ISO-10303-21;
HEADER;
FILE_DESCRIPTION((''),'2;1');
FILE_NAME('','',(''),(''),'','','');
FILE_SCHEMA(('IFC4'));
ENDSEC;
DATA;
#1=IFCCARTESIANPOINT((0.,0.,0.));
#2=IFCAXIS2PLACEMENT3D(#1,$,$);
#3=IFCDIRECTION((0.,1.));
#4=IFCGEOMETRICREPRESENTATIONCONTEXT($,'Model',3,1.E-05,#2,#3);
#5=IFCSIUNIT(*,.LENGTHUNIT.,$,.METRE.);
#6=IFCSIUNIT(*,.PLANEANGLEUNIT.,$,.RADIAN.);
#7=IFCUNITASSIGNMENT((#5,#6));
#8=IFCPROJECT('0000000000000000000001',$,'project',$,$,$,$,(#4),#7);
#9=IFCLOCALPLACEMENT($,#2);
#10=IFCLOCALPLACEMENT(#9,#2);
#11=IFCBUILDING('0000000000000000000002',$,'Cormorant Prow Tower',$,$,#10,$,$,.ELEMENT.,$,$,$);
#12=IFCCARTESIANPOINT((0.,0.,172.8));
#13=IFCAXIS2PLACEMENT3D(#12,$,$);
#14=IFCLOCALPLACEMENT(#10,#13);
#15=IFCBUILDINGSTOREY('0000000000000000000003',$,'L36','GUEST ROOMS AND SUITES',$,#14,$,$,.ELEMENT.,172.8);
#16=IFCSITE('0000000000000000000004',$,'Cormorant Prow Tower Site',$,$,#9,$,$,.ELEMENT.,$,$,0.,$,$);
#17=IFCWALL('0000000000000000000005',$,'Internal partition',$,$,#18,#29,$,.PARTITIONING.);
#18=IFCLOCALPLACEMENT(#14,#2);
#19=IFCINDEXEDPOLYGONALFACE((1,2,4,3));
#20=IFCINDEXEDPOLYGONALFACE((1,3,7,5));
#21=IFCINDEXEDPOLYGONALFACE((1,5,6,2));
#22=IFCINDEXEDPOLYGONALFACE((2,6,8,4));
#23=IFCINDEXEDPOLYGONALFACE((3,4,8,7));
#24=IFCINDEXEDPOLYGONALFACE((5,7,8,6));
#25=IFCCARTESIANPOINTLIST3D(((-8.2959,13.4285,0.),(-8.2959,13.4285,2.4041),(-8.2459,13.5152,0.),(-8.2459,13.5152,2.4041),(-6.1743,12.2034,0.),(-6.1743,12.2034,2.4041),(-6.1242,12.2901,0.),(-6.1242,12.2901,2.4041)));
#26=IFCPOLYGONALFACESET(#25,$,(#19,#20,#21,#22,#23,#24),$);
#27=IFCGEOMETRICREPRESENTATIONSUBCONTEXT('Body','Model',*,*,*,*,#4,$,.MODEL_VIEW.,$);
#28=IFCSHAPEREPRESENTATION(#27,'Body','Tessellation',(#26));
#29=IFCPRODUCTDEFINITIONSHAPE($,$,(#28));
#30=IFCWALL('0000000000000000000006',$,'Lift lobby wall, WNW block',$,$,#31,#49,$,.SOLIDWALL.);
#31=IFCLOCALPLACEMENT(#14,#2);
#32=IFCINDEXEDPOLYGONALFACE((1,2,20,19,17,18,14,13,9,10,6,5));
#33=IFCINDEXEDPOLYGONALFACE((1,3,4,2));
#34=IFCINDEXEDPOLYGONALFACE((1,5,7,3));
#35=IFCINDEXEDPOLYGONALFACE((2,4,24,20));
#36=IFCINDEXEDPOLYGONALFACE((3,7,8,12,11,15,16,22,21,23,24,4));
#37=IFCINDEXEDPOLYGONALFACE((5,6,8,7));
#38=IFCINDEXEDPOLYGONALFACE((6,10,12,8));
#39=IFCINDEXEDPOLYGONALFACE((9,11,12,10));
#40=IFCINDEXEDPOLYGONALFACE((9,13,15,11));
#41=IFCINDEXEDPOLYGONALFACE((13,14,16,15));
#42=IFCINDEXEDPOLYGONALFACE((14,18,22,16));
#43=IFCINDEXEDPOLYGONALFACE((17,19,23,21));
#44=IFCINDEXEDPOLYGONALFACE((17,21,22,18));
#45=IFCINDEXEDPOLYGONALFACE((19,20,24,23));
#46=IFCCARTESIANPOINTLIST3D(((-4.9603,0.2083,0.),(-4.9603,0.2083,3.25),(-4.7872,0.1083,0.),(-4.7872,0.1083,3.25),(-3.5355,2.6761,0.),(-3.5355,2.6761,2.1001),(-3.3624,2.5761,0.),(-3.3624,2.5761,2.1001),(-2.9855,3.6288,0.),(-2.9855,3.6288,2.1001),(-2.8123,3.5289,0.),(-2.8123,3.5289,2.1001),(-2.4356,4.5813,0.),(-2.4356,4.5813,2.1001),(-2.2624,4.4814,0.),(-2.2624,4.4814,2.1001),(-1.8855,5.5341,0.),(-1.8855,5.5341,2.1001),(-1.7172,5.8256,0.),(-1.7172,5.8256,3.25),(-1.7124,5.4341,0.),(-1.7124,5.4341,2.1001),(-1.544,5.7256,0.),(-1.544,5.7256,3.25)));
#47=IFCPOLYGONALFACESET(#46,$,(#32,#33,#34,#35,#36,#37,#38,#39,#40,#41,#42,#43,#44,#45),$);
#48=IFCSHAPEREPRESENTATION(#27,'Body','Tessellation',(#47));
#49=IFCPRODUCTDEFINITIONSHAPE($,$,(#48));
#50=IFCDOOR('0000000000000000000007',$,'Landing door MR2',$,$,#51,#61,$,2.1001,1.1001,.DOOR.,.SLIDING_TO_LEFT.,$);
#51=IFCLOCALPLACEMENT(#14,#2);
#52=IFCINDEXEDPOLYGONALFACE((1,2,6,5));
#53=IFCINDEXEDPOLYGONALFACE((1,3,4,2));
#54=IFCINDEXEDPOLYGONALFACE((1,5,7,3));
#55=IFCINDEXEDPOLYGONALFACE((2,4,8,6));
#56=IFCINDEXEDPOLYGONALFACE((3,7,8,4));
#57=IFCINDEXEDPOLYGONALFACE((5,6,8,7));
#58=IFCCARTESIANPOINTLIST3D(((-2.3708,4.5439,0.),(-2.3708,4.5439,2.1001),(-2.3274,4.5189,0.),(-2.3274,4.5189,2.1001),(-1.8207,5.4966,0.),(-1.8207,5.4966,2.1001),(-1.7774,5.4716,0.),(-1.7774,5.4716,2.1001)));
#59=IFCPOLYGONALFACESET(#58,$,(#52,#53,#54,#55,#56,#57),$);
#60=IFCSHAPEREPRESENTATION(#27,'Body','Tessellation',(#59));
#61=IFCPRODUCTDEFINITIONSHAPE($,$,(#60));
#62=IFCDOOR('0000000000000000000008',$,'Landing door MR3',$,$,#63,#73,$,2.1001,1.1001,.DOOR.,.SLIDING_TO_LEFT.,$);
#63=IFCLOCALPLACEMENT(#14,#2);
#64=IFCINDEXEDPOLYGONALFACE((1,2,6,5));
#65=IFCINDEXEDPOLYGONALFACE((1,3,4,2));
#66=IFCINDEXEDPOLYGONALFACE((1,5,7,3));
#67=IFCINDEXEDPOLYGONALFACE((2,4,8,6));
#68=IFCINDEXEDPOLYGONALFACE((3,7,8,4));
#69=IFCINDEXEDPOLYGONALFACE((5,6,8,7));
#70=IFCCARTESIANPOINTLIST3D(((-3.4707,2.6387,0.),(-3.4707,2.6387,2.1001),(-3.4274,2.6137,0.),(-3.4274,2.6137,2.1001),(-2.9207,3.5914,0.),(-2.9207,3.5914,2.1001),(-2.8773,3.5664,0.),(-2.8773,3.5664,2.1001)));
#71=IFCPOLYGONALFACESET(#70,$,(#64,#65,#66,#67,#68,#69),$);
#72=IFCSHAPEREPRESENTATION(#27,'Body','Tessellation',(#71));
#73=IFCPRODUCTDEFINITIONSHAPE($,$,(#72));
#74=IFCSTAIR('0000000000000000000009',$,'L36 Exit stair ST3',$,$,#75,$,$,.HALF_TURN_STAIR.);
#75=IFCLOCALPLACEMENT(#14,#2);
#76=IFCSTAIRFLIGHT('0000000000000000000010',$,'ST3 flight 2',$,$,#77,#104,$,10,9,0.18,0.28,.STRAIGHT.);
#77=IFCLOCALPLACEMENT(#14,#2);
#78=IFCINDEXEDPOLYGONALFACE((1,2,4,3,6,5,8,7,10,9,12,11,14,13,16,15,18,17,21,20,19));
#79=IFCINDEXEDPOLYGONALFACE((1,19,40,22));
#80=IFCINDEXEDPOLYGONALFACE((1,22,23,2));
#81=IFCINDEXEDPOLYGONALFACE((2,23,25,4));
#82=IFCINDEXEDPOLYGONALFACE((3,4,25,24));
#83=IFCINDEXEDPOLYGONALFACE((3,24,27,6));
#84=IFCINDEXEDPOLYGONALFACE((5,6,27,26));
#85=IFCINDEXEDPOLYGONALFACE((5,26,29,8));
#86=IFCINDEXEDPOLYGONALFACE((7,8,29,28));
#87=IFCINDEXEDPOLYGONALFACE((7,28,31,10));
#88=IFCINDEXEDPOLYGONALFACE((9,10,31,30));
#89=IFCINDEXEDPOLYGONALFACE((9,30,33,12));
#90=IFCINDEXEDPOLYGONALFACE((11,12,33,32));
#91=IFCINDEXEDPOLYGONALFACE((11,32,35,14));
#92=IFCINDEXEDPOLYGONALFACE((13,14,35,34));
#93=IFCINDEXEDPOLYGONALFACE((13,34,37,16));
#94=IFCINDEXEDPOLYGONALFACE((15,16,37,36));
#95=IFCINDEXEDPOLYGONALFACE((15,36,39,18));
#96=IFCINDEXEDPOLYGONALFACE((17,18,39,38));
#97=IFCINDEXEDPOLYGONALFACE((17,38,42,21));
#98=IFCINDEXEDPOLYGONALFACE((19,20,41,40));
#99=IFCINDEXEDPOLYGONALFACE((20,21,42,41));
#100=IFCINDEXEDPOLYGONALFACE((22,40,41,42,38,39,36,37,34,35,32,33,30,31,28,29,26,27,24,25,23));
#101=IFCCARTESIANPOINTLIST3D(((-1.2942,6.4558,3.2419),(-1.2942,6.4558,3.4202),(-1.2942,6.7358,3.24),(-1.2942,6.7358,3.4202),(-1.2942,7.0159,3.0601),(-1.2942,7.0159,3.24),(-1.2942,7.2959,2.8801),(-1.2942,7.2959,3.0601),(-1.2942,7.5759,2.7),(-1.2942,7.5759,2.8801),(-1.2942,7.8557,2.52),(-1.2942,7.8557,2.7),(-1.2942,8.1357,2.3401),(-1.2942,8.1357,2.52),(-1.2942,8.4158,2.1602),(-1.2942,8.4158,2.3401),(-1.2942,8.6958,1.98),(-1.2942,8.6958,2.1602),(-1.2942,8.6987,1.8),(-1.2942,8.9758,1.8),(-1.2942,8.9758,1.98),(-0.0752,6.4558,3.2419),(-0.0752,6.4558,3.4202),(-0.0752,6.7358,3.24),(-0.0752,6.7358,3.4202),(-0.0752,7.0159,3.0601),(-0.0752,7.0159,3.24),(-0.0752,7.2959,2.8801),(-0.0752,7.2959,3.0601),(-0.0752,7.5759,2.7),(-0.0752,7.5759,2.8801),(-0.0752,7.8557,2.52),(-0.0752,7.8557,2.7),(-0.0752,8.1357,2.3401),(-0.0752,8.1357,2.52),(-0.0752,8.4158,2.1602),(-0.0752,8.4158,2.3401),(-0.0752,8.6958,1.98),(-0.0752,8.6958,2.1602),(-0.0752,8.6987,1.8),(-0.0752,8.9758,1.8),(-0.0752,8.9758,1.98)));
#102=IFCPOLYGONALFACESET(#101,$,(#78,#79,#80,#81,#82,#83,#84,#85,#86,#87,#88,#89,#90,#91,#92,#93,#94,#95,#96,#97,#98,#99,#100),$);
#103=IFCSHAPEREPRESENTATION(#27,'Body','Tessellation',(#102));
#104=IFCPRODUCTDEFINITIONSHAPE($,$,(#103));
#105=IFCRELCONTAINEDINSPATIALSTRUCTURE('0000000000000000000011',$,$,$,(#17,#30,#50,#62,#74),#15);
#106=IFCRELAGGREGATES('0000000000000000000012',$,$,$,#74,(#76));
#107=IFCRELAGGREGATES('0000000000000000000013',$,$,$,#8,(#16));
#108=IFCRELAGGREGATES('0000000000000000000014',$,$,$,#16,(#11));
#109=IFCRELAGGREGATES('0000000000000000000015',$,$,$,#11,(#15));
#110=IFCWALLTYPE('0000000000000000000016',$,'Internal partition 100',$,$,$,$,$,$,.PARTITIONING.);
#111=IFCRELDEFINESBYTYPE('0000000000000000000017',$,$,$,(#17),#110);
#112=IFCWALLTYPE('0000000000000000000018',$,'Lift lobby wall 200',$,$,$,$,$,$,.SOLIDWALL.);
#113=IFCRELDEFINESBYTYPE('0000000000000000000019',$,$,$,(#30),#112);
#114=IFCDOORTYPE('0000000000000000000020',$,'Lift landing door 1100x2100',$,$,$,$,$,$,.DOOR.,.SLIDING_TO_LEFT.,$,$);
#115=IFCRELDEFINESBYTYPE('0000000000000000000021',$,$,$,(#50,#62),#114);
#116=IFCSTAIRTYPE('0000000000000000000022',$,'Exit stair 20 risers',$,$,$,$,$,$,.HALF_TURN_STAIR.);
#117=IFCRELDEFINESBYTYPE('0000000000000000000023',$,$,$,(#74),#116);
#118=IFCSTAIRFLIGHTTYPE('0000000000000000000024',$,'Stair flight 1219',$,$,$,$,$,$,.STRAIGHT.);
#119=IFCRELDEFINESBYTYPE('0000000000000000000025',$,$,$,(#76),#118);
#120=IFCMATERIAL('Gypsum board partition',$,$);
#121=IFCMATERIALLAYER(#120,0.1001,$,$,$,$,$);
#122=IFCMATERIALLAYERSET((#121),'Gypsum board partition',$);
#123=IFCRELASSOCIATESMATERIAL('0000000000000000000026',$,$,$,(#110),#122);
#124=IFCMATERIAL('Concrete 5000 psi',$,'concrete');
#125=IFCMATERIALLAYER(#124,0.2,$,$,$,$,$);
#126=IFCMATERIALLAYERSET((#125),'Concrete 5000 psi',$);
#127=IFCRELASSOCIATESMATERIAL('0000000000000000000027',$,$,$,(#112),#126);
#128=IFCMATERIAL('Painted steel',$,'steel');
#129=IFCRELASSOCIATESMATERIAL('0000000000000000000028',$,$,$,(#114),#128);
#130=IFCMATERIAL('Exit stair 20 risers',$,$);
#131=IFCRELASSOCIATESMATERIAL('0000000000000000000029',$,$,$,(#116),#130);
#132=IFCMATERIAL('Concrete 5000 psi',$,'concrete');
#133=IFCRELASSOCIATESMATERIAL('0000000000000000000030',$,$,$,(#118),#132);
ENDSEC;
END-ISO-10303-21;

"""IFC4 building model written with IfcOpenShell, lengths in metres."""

from ifc_helpers import new_model, si_unit, direction, frame, frame_2d, origin, place, context, subcontext, project, spatial, polyline, rectangle, outline, extrude, material, layer, layer_set, type_object, element, fill, aggregate, save


model = new_model("IFC4")

# Units and contexts
model_context = context("Model", 3, precision=1e-05, world=origin(), true_north=direction((0.0, 1.0)))
body_context = subcontext(model_context, "Body", "Model", "MODEL_VIEW")
ifc_project = project(units=[si_unit("LENGTHUNIT", "METRE"), si_unit("PLANEANGLEUNIT", "RADIAN")], contexts=[model_context])

# Site, building, storey
site_placement = place(None, origin())
site = spatial("IfcSite", under=ifc_project, at=site_placement, Name="Cormorant Prow Tower Site", CompositionType="ELEMENT", RefElevation=0.0)
building_placement = place(site_placement, origin())
building = spatial("IfcBuilding", under=site, at=building_placement, Name="Cormorant Prow Tower", CompositionType="ELEMENT")
storey_placement = place(building_placement, frame((0.0, 0.0, 172.8)))
storey = spatial("IfcBuildingStorey", under=building, at=storey_placement, Name="L36", Description="GUEST ROOMS AND SUITES", CompositionType="ELEMENT", Elevation=172.8)

# Shared definitions
ifc_material_1 = material(Name="Gypsum board partition")
ifc_layer_1 = layer(ifc_material_1, 0.1001)
ifc_layer_set_1 = layer_set([ifc_layer_1], Name="Gypsum board partition")
wall_type_1 = type_object("IfcWallType", Name="Internal partition 100", PredefinedType="PARTITIONING", material=ifc_layer_set_1)

# Wall
wall_1_placement = place(storey_placement, frame((-8.271, 13.4719, 0.0), z_axis=(0.0, 0.0, 1.0), x_axis=(0.86599, -0.500062, 0.0)))
element("IfcWall", 1, at=wall_1_placement, inside=storey, type_object=wall_type_1, Name="Internal partition", PredefinedType="PARTITIONING", context=body_context, shape_type="SweptSolid", body=[
    extrude(rectangle(XDim=2.45, YDim=0.1001, at=frame_2d((1.2251, 0.0))), origin(), (0.0, 0.0, 1.0), 2.4041),
])

# Wall, openings, doors
ifc_material_2 = material(Name="Concrete 5000 psi", Category="concrete")
ifc_layer_2 = layer(ifc_material_2, 0.2)
ifc_layer_set_2 = layer_set([ifc_layer_2], Name="Concrete 5000 psi")
wall_type_2 = type_object("IfcWallType", Name="Lift lobby wall 200", PredefinedType="SOLIDWALL", material=ifc_layer_set_2)
wall_2_placement = place(storey_placement, frame((-1.6306, 5.7756, 0.0), z_axis=(0.0, 0.0, 1.0), x_axis=(-0.499993, -0.86603, 0.0)))
wall_2 = element("IfcWall", 2, at=wall_2_placement, inside=storey, type_object=wall_type_2, Name="Lift lobby wall, WNW block", PredefinedType="SOLIDWALL", context=body_context, shape_type="SweptSolid", body=[
    extrude(rectangle(XDim=6.4863, YDim=0.2, at=frame_2d((3.2432, 0.0))), origin(), (0.0, 0.0, 1.0), 3.25),
])
opening_1_placement = place(wall_2_placement, frame((0.3367, 0.0, 0.0)))
opening_1 = element("IfcOpeningElement", 3, at=opening_1_placement, cuts=wall_2, PredefinedType="OPENING", context=body_context, shape_type="SweptSolid", body=[
    extrude(rectangle(XDim=1.1001, YDim=2.1001, at=frame_2d((0.55, 1.05))), frame((0.0, 0.1099, 0.0), z_axis=(0.0, -1.0, 0.0), x_axis=(1.0, 0.0, 0.0)), (0.0, 0.0, 1.0), 0.22),
])
opening_2_placement = place(wall_2_placement, frame((2.5366, 0.0, 0.0)))
opening_2 = element("IfcOpeningElement", 4, at=opening_2_placement, cuts=wall_2, PredefinedType="OPENING", context=body_context, shape_type="SweptSolid", body=[
    extrude(rectangle(XDim=1.1001, YDim=2.1001, at=frame_2d((0.55, 1.05))), frame((0.0, 0.1099, 0.0), z_axis=(0.0, -1.0, 0.0), x_axis=(1.0, 0.0, 0.0)), (0.0, 0.0, 1.0), 0.22),
])
ifc_material_3 = material(Name="Painted steel", Category="steel")
door_type_1 = type_object("IfcDoorType", Name="Lift landing door 1100x2100", OperationType="SLIDING_TO_LEFT", PredefinedType="DOOR", material=ifc_material_3)
door_1_placement = place(opening_1_placement, origin())
door_1 = element("IfcDoor", 5, at=door_1_placement, inside=storey, type_object=door_type_1, Name="Landing door MR2", OperationType="SLIDING_TO_LEFT", OverallHeight=2.1001, OverallWidth=1.1001, PredefinedType="DOOR", context=body_context, shape_type="SweptSolid", body=[
    extrude(rectangle(XDim=1.1001, YDim=2.1001, at=frame_2d((0.55, 1.05))), frame((0.0, 0.0249, 0.0), z_axis=(0.0, -1.0, 0.0), x_axis=(1.0, 0.0, 0.0)), (0.0, 0.0, 1.0), 0.05),
])
fill(opening_1, door_1)
door_2_placement = place(opening_2_placement, origin())
door_2 = element("IfcDoor", 6, at=door_2_placement, inside=storey, type_object=door_type_1, Name="Landing door MR3", OperationType="SLIDING_TO_LEFT", OverallHeight=2.1001, OverallWidth=1.1001, PredefinedType="DOOR", context=body_context, shape_type="SweptSolid", body=[
    extrude(rectangle(XDim=1.1001, YDim=2.1001, at=frame_2d((0.55, 1.05))), frame((0.0, 0.0249, 0.0), z_axis=(0.0, -1.0, 0.0), x_axis=(1.0, 0.0, 0.0)), (0.0, 0.0, 1.0), 0.05),
])
fill(opening_2, door_2)

# Stair, stair flight
ifc_material_4 = material(Name="Exit stair 20 risers")
stair_type = type_object("IfcStairType", Name="Exit stair 20 risers", PredefinedType="HALF_TURN_STAIR", material=ifc_material_4)
stair_placement = place(storey_placement, origin())
stair = element("IfcStair", 7, at=stair_placement, inside=storey, type_object=stair_type, Name="L36 Exit stair ST3", PredefinedType="HALF_TURN_STAIR")
ifc_material_5 = material(Name="Concrete 5000 psi", Category="concrete")
stair_flight_type = type_object("IfcStairFlightType", Name="Stair flight 1219", PredefinedType="STRAIGHT", material=ifc_material_5)
stair_flight_placement = place(storey_placement, frame((-0.6846, 8.9758, 1.8), z_axis=(0.0, 0.0, 1.0), x_axis=(0.0, -1.0, 0.0)))
stair_flight = element("IfcStairFlight", 8, at=stair_flight_placement, type_object=stair_flight_type, Name="ST3 flight 2", NumberOfRisers=10, NumberOfTreads=9, PredefinedType="STRAIGHT", RiserHeight=0.18, TreadLength=0.28, context=body_context, shape_type="SweptSolid", body=[
    extrude(outline(polyline([(0.0, 0.0), (0.0, 0.1799), (0.28, 0.1799), (0.28, 0.3601), (0.5601, 0.3601), (0.5601, 0.54), (0.8401, 0.54), (0.8401, 0.72), (1.1201, 0.72), (1.1201, 0.8999), (1.3999, 0.8999), (1.3999, 1.0801), (1.6799, 1.0801), (1.6799, 1.26), (1.96, 1.26), (1.96, 1.4399), (2.24, 1.4399), (2.24, 1.6201), (2.52, 1.6201), (2.52, 1.8), (2.52, 1.4419), (0.2771, 0.0), (0.0, 0.0)])), frame((0.0, 0.6094, 0.0), z_axis=(0.0, -1.0, 0.0), x_axis=(1.0, 0.0, 0.0)), (0.0, 0.0, 1.0), 1.219),
])
aggregate(stair, [stair_flight])

save(model, "model.ifc")
